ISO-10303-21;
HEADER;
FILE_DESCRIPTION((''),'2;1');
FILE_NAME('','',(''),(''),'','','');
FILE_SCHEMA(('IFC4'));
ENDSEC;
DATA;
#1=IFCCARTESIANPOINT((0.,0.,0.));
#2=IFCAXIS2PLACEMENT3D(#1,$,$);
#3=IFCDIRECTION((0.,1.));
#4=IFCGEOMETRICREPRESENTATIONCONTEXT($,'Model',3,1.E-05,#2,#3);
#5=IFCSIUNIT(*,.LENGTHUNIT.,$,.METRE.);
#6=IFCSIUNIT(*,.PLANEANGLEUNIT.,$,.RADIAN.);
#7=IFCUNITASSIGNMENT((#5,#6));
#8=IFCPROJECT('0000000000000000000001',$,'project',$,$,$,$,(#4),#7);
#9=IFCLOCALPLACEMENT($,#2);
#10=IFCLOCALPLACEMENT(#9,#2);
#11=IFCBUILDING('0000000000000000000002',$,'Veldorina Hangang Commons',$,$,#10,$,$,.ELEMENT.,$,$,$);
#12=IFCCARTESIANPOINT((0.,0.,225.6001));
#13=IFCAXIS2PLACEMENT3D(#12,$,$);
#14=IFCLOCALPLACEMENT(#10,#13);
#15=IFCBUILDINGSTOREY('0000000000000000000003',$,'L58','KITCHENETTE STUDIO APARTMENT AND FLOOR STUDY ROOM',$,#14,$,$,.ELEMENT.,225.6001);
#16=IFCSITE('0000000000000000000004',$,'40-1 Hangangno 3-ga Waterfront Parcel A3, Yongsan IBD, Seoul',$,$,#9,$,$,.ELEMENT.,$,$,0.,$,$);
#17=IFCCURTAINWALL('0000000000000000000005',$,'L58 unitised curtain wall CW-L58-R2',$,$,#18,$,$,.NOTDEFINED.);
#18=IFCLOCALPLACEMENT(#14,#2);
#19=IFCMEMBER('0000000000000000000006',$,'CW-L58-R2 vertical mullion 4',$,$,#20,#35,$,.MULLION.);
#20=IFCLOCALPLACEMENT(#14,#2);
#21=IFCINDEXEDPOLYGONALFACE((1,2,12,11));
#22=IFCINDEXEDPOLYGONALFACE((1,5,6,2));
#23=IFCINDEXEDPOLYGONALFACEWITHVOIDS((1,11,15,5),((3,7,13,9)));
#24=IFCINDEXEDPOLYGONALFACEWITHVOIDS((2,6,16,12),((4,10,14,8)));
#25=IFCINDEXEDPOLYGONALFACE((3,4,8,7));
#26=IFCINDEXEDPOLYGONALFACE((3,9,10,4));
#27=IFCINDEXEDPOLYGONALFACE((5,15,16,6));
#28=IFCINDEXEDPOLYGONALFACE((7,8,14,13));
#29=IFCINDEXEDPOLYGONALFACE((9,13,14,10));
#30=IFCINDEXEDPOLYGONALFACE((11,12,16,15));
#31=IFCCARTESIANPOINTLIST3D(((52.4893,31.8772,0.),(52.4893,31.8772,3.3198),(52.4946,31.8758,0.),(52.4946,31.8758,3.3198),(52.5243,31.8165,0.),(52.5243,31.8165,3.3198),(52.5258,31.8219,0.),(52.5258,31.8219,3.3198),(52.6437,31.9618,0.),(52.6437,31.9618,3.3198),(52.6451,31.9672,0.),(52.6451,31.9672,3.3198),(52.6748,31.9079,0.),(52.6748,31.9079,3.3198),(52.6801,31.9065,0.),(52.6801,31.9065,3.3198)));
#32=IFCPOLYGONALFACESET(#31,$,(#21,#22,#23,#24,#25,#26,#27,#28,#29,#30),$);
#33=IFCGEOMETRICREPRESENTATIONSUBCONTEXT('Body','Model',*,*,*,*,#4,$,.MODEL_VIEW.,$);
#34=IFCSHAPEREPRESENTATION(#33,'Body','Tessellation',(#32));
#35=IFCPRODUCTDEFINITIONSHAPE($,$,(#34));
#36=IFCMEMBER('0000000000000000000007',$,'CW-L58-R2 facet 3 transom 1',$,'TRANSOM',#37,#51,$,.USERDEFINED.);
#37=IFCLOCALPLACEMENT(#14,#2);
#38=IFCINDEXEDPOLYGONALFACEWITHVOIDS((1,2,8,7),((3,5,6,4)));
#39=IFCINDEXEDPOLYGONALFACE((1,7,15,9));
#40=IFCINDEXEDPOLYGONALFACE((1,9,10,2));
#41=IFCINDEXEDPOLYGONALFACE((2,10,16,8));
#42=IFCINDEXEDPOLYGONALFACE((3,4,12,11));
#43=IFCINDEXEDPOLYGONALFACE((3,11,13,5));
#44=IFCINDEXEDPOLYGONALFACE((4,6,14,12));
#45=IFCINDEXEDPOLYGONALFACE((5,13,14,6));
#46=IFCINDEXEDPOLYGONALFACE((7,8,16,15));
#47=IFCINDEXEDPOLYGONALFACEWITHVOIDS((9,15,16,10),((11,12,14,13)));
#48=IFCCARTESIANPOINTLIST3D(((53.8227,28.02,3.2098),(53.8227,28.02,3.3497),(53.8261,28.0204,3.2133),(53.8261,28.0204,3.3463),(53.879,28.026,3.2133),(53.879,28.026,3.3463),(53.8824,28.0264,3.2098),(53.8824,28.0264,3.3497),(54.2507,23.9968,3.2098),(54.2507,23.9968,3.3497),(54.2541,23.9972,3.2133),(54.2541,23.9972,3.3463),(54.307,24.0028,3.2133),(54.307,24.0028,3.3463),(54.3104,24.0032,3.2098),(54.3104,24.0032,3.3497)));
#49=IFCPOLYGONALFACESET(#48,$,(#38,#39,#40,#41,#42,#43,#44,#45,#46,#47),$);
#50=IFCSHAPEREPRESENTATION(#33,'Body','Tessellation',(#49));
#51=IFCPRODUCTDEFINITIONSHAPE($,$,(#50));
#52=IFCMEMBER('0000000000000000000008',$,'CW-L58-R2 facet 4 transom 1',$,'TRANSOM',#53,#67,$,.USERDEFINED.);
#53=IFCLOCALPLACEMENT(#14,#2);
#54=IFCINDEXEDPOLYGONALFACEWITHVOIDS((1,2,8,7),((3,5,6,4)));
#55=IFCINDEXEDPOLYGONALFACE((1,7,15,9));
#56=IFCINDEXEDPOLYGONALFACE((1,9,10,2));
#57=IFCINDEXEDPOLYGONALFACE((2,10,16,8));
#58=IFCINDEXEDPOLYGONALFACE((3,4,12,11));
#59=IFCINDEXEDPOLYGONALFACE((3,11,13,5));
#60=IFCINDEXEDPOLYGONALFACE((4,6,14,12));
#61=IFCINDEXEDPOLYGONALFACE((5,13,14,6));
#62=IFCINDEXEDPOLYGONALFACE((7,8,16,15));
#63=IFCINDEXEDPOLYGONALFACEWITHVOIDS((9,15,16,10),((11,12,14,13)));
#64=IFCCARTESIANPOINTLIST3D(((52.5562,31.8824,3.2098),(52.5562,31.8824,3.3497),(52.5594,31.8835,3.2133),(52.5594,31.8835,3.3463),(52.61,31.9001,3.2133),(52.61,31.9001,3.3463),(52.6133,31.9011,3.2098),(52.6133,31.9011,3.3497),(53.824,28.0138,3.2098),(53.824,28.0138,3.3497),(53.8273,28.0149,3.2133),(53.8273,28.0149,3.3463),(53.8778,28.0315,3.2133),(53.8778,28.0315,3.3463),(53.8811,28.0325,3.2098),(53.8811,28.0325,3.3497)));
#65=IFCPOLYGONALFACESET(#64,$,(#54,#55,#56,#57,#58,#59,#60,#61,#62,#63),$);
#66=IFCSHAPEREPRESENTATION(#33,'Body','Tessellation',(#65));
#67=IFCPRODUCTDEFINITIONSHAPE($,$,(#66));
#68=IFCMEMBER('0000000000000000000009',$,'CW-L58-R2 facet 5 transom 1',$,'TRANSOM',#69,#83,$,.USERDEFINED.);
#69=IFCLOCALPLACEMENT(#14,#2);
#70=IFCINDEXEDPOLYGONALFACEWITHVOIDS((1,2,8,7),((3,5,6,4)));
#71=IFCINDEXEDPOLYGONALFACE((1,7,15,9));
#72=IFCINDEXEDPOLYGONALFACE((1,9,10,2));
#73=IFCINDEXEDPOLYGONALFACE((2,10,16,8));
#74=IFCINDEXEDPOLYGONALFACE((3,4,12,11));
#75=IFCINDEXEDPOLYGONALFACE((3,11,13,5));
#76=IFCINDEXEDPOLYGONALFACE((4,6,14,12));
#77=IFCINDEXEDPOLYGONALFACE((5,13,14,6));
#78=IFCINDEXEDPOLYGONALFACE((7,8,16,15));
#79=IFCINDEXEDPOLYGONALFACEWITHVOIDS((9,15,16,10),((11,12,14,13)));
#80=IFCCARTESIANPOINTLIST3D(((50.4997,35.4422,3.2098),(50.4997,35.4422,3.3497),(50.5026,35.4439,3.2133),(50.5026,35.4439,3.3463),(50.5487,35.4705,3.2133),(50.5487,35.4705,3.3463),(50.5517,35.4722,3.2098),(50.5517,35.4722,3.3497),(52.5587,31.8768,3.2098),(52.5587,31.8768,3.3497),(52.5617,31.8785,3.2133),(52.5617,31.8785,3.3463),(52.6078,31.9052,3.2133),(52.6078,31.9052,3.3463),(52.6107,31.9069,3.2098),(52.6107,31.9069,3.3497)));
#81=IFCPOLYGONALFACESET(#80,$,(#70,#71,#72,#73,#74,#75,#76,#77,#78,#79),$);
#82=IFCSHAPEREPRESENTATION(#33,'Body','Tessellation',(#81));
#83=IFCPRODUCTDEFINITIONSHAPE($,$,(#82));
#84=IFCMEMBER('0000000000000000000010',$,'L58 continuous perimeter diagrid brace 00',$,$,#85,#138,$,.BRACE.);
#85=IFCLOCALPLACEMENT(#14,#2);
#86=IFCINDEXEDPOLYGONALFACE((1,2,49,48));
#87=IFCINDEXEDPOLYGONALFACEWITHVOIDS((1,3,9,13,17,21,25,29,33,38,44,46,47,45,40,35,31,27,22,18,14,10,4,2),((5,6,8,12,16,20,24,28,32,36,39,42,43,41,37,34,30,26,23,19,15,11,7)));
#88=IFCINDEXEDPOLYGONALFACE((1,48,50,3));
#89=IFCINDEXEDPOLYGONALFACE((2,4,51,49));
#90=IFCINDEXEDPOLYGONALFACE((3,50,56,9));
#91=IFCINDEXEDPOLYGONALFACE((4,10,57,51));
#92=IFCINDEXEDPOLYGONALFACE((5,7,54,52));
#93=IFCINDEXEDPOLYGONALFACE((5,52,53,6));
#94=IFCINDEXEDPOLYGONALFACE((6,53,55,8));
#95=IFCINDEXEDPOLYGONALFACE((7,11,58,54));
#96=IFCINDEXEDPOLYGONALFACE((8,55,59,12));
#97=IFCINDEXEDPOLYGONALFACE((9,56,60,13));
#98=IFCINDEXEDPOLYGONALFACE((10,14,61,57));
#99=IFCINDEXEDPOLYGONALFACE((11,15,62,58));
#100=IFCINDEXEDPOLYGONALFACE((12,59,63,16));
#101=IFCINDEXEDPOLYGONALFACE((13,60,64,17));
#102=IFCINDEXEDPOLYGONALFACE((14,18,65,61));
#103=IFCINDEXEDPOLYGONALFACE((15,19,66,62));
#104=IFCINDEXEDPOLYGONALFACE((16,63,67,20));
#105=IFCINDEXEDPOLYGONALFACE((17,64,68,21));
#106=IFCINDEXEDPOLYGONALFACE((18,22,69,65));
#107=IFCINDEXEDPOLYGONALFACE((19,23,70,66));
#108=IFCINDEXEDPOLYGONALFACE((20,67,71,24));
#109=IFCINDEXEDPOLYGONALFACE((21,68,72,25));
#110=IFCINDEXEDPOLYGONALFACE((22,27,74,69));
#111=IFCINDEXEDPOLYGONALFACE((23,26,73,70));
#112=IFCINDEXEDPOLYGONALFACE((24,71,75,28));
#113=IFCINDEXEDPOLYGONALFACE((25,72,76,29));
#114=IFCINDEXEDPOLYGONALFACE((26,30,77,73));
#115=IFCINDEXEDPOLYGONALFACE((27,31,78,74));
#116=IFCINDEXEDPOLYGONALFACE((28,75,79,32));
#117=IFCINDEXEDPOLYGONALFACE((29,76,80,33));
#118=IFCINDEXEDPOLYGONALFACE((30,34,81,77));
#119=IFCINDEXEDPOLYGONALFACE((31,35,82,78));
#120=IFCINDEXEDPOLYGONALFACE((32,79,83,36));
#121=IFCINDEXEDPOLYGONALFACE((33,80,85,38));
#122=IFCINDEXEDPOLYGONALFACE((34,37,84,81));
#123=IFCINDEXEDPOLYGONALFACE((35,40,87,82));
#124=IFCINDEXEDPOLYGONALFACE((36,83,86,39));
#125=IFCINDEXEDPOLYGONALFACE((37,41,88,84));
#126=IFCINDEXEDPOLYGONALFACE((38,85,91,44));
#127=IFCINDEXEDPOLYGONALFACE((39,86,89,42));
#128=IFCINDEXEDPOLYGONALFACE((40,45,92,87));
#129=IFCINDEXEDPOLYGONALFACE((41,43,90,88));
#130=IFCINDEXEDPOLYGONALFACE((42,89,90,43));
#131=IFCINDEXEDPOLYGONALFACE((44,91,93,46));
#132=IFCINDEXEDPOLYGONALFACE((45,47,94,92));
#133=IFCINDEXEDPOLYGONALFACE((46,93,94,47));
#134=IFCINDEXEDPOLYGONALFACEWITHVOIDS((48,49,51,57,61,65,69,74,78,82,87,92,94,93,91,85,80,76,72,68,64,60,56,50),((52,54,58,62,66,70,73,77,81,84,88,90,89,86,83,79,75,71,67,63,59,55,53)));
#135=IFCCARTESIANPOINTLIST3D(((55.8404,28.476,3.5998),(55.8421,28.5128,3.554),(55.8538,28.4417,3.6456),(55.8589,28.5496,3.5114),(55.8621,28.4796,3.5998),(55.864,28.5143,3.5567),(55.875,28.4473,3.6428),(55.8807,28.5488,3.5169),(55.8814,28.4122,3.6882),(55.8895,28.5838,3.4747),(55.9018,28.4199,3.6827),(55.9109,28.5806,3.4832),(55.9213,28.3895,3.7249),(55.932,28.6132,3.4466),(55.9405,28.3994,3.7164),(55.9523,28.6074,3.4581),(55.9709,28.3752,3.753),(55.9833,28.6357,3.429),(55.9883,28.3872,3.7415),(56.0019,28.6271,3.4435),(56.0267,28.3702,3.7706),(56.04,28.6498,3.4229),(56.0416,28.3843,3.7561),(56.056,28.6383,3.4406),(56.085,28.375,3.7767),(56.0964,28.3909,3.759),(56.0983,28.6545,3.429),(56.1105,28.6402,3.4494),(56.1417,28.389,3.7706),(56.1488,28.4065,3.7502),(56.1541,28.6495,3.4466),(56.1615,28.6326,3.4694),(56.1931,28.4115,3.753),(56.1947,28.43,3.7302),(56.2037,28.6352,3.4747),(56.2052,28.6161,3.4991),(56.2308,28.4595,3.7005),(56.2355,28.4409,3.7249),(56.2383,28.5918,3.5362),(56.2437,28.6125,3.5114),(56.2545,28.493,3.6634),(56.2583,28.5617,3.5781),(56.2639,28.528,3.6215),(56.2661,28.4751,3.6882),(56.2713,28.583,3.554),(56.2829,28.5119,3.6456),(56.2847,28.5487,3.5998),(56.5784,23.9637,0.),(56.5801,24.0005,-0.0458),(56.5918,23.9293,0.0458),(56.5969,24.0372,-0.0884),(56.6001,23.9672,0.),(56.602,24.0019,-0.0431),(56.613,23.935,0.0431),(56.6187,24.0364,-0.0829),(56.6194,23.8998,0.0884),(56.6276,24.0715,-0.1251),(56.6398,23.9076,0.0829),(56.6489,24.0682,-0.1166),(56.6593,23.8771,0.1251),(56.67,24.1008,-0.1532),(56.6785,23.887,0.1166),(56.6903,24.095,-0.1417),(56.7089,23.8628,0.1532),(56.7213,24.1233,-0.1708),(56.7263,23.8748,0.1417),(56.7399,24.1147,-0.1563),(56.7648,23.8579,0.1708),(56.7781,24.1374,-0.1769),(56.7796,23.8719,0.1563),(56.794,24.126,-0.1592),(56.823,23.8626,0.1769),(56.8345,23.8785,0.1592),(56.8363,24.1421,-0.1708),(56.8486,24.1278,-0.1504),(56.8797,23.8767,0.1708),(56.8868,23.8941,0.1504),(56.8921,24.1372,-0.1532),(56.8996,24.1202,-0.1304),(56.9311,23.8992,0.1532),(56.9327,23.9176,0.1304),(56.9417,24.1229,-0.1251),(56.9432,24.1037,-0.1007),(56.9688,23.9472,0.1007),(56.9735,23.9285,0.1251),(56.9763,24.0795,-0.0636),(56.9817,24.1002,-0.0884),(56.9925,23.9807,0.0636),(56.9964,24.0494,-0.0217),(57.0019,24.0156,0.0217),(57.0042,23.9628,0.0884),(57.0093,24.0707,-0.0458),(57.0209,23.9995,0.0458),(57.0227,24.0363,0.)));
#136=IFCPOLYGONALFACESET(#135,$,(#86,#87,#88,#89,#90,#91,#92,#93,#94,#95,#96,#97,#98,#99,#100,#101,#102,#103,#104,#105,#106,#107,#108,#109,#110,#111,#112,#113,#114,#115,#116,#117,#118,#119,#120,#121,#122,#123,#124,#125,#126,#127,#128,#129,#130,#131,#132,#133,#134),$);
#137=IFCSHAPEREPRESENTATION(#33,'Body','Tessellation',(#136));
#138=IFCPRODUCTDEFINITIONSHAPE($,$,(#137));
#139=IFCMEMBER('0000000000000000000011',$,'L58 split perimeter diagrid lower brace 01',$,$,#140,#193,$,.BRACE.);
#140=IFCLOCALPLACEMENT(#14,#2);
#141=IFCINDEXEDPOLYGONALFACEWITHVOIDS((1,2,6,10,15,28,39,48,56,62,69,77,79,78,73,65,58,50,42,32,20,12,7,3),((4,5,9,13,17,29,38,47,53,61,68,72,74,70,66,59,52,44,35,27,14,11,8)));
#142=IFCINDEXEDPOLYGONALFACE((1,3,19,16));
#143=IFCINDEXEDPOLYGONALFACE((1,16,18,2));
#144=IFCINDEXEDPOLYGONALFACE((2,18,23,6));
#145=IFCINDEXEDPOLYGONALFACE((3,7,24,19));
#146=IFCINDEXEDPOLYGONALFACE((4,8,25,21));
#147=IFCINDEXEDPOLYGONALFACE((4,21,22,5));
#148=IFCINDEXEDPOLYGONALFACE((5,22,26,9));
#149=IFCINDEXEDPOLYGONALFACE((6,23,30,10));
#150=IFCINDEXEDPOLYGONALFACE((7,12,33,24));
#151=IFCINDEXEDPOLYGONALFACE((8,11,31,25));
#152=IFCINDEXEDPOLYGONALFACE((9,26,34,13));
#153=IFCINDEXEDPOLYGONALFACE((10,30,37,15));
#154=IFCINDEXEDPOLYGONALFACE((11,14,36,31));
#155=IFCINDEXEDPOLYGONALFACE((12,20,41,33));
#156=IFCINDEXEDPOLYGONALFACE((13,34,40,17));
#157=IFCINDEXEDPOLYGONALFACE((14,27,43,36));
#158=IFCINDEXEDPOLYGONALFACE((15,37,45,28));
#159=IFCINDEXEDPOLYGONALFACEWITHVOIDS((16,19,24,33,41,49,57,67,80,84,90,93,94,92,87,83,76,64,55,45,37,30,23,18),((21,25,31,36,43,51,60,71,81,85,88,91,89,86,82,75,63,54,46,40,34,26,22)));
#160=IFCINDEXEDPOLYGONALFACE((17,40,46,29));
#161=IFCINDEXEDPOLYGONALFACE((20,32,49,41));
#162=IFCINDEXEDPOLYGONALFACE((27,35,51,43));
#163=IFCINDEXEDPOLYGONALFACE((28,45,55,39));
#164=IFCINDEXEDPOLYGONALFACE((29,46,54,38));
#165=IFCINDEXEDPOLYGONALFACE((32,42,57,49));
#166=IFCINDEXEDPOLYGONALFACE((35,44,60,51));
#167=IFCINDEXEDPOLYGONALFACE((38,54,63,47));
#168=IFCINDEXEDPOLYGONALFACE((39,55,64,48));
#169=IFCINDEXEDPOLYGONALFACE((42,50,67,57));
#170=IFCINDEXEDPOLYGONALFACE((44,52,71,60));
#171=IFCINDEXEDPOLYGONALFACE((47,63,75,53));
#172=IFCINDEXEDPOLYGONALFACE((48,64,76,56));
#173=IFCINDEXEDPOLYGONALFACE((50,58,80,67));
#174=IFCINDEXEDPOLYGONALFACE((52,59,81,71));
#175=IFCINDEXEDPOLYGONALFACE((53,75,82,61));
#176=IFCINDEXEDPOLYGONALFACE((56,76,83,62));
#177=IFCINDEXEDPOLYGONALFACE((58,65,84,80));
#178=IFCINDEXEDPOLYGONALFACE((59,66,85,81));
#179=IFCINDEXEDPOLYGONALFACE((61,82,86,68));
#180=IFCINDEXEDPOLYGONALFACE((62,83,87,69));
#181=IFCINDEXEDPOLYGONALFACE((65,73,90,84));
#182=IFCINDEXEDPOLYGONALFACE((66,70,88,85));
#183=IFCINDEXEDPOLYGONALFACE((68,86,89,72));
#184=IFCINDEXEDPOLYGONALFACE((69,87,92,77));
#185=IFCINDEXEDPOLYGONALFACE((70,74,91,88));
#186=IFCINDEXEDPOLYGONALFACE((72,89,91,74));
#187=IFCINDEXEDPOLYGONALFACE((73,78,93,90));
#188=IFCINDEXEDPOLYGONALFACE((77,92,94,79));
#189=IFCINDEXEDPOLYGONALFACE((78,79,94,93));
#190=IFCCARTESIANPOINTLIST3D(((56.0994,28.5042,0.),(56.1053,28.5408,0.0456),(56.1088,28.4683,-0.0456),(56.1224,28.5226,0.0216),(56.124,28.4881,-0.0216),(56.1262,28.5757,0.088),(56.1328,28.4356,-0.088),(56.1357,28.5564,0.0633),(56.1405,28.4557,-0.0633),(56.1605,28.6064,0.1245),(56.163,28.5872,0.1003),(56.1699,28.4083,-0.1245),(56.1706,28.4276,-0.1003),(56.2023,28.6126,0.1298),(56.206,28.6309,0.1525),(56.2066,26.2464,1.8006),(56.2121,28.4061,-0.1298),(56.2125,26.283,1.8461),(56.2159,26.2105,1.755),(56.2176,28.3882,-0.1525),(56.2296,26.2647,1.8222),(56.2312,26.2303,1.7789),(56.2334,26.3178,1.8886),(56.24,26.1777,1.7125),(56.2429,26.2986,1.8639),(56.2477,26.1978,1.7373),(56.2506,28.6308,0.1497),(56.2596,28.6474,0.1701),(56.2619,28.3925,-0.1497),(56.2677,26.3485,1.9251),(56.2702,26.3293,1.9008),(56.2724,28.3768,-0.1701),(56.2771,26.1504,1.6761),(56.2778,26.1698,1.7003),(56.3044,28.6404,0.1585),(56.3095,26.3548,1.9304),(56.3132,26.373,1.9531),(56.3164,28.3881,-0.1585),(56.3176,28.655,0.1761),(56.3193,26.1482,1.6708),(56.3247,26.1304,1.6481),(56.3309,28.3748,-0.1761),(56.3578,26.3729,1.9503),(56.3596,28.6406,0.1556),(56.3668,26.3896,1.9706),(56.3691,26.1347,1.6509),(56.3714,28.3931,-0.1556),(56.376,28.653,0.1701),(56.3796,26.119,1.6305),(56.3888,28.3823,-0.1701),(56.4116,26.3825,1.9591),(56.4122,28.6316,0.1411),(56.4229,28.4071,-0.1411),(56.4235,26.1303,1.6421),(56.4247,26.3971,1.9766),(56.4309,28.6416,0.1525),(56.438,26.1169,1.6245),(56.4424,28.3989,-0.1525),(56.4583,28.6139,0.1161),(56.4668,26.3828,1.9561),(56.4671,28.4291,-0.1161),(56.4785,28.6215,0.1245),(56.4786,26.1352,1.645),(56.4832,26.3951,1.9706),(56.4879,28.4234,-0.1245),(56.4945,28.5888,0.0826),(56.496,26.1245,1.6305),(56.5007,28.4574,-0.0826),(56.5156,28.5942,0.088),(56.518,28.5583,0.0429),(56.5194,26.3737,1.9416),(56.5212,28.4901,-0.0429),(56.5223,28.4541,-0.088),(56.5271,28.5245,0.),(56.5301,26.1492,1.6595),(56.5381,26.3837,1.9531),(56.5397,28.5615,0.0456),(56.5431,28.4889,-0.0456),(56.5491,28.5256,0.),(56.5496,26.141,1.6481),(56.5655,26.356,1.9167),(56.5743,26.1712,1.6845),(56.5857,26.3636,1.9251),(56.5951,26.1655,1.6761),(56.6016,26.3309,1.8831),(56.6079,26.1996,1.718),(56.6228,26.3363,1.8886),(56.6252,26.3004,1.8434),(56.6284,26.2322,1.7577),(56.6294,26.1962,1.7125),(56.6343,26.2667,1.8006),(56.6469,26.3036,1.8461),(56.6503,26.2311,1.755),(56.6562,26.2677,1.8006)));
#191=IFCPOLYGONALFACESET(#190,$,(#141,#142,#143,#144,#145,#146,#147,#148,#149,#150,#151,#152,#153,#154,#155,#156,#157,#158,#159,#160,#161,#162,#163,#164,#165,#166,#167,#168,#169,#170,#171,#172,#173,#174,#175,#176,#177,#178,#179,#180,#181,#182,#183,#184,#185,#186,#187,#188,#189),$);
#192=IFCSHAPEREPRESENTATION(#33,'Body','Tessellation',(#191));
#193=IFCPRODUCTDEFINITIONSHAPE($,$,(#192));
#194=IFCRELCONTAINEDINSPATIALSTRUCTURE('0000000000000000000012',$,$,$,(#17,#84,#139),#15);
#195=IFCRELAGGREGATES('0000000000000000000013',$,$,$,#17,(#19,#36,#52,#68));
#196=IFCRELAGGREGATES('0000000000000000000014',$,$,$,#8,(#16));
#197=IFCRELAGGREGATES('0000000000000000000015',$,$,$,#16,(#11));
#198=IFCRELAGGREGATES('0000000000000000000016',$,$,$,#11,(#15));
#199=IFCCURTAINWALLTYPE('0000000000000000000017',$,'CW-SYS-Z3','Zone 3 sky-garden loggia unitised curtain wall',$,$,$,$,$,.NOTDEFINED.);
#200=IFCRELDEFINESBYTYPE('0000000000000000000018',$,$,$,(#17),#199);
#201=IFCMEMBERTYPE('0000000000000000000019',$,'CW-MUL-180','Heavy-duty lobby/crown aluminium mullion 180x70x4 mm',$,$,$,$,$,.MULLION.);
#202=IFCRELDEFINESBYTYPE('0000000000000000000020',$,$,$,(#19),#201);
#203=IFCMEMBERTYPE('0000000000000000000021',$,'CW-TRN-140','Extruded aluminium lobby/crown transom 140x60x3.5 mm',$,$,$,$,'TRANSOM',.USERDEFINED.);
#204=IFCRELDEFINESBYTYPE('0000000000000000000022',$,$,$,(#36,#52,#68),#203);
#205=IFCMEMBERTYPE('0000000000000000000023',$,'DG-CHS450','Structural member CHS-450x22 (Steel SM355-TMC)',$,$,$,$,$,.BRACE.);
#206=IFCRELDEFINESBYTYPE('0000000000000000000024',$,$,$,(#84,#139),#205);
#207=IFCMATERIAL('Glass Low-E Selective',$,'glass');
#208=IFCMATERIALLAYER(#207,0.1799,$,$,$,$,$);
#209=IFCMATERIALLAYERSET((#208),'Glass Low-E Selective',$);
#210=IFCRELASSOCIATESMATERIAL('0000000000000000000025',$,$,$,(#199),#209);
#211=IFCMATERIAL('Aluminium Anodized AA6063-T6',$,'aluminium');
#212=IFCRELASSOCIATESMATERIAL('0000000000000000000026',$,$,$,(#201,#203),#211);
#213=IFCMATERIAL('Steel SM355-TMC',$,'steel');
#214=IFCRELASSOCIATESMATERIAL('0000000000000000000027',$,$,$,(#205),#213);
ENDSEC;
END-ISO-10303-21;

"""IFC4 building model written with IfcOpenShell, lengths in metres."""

from ifc_helpers import new_model, si_unit, direction, frame, origin, origin_2d, place, context, subcontext, project, spatial, hollow_rectangle, hollow_circle, extrude, material, layer, layer_set, material_profile, profile_set, type_object, element, aggregate, save


model = new_model("IFC4")

# Units and contexts
model_context = context("Model", 3, precision=1e-05, world=origin(), true_north=direction((0.0, 1.0)))
body_context = subcontext(model_context, "Body", "Model", "MODEL_VIEW")
ifc_project = project(units=[si_unit("LENGTHUNIT", "METRE"), si_unit("PLANEANGLEUNIT", "RADIAN")], contexts=[model_context])

# Site, building, storey
site_placement = place(None, origin())
site = spatial("IfcSite", under=ifc_project, at=site_placement, Name="40-1 Hangangno 3-ga Waterfront Parcel A3, Yongsan IBD, Seoul", CompositionType="ELEMENT", RefElevation=0.0)
building_placement = place(site_placement, origin())
building = spatial("IfcBuilding", under=site, at=building_placement, Name="Veldorina Hangang Commons", CompositionType="ELEMENT")
storey_placement = place(building_placement, frame((0.0, 0.0, 225.6001)))
storey = spatial("IfcBuildingStorey", under=building, at=storey_placement, Name="L58", Description="KITCHENETTE STUDIO APARTMENT AND FLOOR STUDY ROOM", CompositionType="ELEMENT", Elevation=225.6001)

# Shared definitions
ifc_material_1 = material(Name="Steel SM355-TMC", Category="steel")

# Curtain wall, members
ifc_material_2 = material(Name="Glass Low-E Selective", Category="glass")
ifc_layer_1 = layer(ifc_material_2, 0.1799)
ifc_layer_set_1 = layer_set([ifc_layer_1], Name="Glass Low-E Selective")
curtain_wall_type = type_object("IfcCurtainWallType", Name="CW-SYS-Z3", Description="Zone 3 sky-garden loggia unitised curtain wall", PredefinedType="NOTDEFINED", material=ifc_layer_set_1)
curtain_wall_placement = place(storey_placement, origin())
curtain_wall = element("IfcCurtainWall", 1, at=curtain_wall_placement, inside=storey, type_object=curtain_wall_type, Name="L58 unitised curtain wall CW-L58-R2", PredefinedType="NOTDEFINED")
ifc_material_3 = material(Name="Aluminium Anodized AA6063-T6", Category="aluminium")
ifc_material_profile_1 = material_profile(ifc_material_3, hollow_rectangle(XDim=0.0701, YDim=0.1799, WallThickness=0.0039, at=origin_2d()), Name="ALU-RHS-180x70x4")
ifc_profile_set_1 = profile_set([ifc_material_profile_1], Name="Aluminium Anodized AA6063-T6")
member_type_1 = type_object("IfcMemberType", Name="CW-MUL-180", Description="Heavy-duty lobby/crown aluminium mullion 180x70x4 mm", PredefinedType="MULLION", material=ifc_profile_set_1)
member_1_placement = place(storey_placement, frame((52.5847, 31.8918, 0.0), z_axis=(0.0, 0.0, 1.0), x_axis=(-0.500106, 0.865964, 0.0)))
member_1 = element("IfcMember", 2, at=member_1_placement, type_object=member_type_1, Name="CW-L58-R2 vertical mullion 4", PredefinedType="MULLION", context=body_context, shape_type="SweptSolid", body=[
    extrude(hollow_rectangle(XDim=0.0701, YDim=0.1799, WallThickness=0.0039, at=origin_2d()), origin(), (0.0, 0.0, 1.0), 3.3198),
])
ifc_material_profile_2 = material_profile(ifc_material_3, hollow_rectangle(XDim=0.0601, YDim=0.1399, WallThickness=0.0034, at=origin_2d()), Name="ALU-RHS-140x60x3.5")
ifc_profile_set_2 = profile_set([ifc_material_profile_2], Name="Aluminium Anodized AA6063-T6")
member_type_2 = type_object("IfcMemberType", Name="CW-TRN-140", Description="Extruded aluminium lobby/crown transom 140x60x3.5 mm", ElementType="TRANSOM", PredefinedType="USERDEFINED", material=ifc_profile_set_2)
member_2_placement = place(storey_placement, frame((54.2805, 24.0, 3.2798), z_axis=(-0.105781, 0.994389, 0.0), x_axis=(-0.994389, -0.105781, 0.0)))
member_2 = element("IfcMember", 3, at=member_2_placement, type_object=member_type_2, Name="CW-L58-R2 facet 3 transom 1", ObjectType="TRANSOM", PredefinedType="USERDEFINED", context=body_context, shape_type="SweptSolid", body=[
    extrude(hollow_rectangle(XDim=0.0601, YDim=0.1399, WallThickness=0.0034, at=origin_2d()), origin(), (0.0, 0.0, 1.0), 4.0459),
])
member_3_placement = place(storey_placement, frame((53.8525, 28.0232, 3.2798), z_axis=(-0.31142, 0.950272, 0.0), x_axis=(-0.950272, -0.31142, 0.0)))
member_3 = element("IfcMember", 4, at=member_3_placement, type_object=member_type_2, Name="CW-L58-R2 facet 4 transom 1", ObjectType="TRANSOM", PredefinedType="USERDEFINED", context=body_context, shape_type="SweptSolid", body=[
    extrude(hollow_rectangle(XDim=0.0601, YDim=0.1399, WallThickness=0.0034, at=origin_2d()), origin(), (0.0, 0.0, 1.0), 4.071),
])
member_4_placement = place(storey_placement, frame((52.5847, 31.8918, 3.2798), z_axis=(-0.500106, 0.865964, 0.0), x_axis=(-0.865964, -0.500106, 0.0)))
member_4 = element("IfcMember", 5, at=member_4_placement, type_object=member_type_2, Name="CW-L58-R2 facet 5 transom 1", ObjectType="TRANSOM", PredefinedType="USERDEFINED", context=body_context, shape_type="SweptSolid", body=[
    extrude(hollow_rectangle(XDim=0.0601, YDim=0.1399, WallThickness=0.0034, at=origin_2d()), origin(), (0.0, 0.0, 1.0), 4.1172),
])

# Members
ifc_material_profile_3 = material_profile(ifc_material_1, hollow_circle(Radius=0.2251, WallThickness=0.022, at=origin_2d()), Name="CHS-450x22")
ifc_profile_set_3 = profile_set([ifc_material_profile_3], Name="Steel SM355-TMC")
member_type_3 = type_object("IfcMemberType", Name="DG-CHS450", Description="Structural member CHS-450x22 (Steel SM355-TMC)", PredefinedType="BRACE", material=ifc_profile_set_3)
member_5_placement = place(storey_placement, frame((56.8005, 24.0, 0.0), z_axis=(-0.126823, 0.77541, 0.618591), x_axis=(-0.986887, -0.161411, 0.0)))
element("IfcMember", 6, at=member_5_placement, inside=storey, type_object=member_type_3, Name="L58 continuous perimeter diagrid brace 00", PredefinedType="BRACE", context=body_context, shape_type="SweptSolid", body=[
    extrude(hollow_circle(Radius=0.2251, WallThickness=0.022, at=origin_2d()), origin(), (0.0, 0.0, 1.0), 5.8193),
])
member_6_placement = place(storey_placement, frame((56.3242, 28.5149, 0.0), z_axis=(0.037088, -0.781295, 0.623059), x_axis=(0.998875, 0.047416, 0.0)))
element("IfcMember", 7, at=member_6_placement, inside=storey, type_object=member_type_3, Name="L58 split perimeter diagrid lower brace 01", PredefinedType="BRACE", context=body_context, shape_type="SweptSolid", body=[
    extrude(hollow_circle(Radius=0.2251, WallThickness=0.022, at=origin_2d()), origin(), (0.0, 0.0, 1.0), 2.8899),
])

aggregate(curtain_wall, [member_1, member_2, member_3, member_4])

save(model, "model.ifc")
